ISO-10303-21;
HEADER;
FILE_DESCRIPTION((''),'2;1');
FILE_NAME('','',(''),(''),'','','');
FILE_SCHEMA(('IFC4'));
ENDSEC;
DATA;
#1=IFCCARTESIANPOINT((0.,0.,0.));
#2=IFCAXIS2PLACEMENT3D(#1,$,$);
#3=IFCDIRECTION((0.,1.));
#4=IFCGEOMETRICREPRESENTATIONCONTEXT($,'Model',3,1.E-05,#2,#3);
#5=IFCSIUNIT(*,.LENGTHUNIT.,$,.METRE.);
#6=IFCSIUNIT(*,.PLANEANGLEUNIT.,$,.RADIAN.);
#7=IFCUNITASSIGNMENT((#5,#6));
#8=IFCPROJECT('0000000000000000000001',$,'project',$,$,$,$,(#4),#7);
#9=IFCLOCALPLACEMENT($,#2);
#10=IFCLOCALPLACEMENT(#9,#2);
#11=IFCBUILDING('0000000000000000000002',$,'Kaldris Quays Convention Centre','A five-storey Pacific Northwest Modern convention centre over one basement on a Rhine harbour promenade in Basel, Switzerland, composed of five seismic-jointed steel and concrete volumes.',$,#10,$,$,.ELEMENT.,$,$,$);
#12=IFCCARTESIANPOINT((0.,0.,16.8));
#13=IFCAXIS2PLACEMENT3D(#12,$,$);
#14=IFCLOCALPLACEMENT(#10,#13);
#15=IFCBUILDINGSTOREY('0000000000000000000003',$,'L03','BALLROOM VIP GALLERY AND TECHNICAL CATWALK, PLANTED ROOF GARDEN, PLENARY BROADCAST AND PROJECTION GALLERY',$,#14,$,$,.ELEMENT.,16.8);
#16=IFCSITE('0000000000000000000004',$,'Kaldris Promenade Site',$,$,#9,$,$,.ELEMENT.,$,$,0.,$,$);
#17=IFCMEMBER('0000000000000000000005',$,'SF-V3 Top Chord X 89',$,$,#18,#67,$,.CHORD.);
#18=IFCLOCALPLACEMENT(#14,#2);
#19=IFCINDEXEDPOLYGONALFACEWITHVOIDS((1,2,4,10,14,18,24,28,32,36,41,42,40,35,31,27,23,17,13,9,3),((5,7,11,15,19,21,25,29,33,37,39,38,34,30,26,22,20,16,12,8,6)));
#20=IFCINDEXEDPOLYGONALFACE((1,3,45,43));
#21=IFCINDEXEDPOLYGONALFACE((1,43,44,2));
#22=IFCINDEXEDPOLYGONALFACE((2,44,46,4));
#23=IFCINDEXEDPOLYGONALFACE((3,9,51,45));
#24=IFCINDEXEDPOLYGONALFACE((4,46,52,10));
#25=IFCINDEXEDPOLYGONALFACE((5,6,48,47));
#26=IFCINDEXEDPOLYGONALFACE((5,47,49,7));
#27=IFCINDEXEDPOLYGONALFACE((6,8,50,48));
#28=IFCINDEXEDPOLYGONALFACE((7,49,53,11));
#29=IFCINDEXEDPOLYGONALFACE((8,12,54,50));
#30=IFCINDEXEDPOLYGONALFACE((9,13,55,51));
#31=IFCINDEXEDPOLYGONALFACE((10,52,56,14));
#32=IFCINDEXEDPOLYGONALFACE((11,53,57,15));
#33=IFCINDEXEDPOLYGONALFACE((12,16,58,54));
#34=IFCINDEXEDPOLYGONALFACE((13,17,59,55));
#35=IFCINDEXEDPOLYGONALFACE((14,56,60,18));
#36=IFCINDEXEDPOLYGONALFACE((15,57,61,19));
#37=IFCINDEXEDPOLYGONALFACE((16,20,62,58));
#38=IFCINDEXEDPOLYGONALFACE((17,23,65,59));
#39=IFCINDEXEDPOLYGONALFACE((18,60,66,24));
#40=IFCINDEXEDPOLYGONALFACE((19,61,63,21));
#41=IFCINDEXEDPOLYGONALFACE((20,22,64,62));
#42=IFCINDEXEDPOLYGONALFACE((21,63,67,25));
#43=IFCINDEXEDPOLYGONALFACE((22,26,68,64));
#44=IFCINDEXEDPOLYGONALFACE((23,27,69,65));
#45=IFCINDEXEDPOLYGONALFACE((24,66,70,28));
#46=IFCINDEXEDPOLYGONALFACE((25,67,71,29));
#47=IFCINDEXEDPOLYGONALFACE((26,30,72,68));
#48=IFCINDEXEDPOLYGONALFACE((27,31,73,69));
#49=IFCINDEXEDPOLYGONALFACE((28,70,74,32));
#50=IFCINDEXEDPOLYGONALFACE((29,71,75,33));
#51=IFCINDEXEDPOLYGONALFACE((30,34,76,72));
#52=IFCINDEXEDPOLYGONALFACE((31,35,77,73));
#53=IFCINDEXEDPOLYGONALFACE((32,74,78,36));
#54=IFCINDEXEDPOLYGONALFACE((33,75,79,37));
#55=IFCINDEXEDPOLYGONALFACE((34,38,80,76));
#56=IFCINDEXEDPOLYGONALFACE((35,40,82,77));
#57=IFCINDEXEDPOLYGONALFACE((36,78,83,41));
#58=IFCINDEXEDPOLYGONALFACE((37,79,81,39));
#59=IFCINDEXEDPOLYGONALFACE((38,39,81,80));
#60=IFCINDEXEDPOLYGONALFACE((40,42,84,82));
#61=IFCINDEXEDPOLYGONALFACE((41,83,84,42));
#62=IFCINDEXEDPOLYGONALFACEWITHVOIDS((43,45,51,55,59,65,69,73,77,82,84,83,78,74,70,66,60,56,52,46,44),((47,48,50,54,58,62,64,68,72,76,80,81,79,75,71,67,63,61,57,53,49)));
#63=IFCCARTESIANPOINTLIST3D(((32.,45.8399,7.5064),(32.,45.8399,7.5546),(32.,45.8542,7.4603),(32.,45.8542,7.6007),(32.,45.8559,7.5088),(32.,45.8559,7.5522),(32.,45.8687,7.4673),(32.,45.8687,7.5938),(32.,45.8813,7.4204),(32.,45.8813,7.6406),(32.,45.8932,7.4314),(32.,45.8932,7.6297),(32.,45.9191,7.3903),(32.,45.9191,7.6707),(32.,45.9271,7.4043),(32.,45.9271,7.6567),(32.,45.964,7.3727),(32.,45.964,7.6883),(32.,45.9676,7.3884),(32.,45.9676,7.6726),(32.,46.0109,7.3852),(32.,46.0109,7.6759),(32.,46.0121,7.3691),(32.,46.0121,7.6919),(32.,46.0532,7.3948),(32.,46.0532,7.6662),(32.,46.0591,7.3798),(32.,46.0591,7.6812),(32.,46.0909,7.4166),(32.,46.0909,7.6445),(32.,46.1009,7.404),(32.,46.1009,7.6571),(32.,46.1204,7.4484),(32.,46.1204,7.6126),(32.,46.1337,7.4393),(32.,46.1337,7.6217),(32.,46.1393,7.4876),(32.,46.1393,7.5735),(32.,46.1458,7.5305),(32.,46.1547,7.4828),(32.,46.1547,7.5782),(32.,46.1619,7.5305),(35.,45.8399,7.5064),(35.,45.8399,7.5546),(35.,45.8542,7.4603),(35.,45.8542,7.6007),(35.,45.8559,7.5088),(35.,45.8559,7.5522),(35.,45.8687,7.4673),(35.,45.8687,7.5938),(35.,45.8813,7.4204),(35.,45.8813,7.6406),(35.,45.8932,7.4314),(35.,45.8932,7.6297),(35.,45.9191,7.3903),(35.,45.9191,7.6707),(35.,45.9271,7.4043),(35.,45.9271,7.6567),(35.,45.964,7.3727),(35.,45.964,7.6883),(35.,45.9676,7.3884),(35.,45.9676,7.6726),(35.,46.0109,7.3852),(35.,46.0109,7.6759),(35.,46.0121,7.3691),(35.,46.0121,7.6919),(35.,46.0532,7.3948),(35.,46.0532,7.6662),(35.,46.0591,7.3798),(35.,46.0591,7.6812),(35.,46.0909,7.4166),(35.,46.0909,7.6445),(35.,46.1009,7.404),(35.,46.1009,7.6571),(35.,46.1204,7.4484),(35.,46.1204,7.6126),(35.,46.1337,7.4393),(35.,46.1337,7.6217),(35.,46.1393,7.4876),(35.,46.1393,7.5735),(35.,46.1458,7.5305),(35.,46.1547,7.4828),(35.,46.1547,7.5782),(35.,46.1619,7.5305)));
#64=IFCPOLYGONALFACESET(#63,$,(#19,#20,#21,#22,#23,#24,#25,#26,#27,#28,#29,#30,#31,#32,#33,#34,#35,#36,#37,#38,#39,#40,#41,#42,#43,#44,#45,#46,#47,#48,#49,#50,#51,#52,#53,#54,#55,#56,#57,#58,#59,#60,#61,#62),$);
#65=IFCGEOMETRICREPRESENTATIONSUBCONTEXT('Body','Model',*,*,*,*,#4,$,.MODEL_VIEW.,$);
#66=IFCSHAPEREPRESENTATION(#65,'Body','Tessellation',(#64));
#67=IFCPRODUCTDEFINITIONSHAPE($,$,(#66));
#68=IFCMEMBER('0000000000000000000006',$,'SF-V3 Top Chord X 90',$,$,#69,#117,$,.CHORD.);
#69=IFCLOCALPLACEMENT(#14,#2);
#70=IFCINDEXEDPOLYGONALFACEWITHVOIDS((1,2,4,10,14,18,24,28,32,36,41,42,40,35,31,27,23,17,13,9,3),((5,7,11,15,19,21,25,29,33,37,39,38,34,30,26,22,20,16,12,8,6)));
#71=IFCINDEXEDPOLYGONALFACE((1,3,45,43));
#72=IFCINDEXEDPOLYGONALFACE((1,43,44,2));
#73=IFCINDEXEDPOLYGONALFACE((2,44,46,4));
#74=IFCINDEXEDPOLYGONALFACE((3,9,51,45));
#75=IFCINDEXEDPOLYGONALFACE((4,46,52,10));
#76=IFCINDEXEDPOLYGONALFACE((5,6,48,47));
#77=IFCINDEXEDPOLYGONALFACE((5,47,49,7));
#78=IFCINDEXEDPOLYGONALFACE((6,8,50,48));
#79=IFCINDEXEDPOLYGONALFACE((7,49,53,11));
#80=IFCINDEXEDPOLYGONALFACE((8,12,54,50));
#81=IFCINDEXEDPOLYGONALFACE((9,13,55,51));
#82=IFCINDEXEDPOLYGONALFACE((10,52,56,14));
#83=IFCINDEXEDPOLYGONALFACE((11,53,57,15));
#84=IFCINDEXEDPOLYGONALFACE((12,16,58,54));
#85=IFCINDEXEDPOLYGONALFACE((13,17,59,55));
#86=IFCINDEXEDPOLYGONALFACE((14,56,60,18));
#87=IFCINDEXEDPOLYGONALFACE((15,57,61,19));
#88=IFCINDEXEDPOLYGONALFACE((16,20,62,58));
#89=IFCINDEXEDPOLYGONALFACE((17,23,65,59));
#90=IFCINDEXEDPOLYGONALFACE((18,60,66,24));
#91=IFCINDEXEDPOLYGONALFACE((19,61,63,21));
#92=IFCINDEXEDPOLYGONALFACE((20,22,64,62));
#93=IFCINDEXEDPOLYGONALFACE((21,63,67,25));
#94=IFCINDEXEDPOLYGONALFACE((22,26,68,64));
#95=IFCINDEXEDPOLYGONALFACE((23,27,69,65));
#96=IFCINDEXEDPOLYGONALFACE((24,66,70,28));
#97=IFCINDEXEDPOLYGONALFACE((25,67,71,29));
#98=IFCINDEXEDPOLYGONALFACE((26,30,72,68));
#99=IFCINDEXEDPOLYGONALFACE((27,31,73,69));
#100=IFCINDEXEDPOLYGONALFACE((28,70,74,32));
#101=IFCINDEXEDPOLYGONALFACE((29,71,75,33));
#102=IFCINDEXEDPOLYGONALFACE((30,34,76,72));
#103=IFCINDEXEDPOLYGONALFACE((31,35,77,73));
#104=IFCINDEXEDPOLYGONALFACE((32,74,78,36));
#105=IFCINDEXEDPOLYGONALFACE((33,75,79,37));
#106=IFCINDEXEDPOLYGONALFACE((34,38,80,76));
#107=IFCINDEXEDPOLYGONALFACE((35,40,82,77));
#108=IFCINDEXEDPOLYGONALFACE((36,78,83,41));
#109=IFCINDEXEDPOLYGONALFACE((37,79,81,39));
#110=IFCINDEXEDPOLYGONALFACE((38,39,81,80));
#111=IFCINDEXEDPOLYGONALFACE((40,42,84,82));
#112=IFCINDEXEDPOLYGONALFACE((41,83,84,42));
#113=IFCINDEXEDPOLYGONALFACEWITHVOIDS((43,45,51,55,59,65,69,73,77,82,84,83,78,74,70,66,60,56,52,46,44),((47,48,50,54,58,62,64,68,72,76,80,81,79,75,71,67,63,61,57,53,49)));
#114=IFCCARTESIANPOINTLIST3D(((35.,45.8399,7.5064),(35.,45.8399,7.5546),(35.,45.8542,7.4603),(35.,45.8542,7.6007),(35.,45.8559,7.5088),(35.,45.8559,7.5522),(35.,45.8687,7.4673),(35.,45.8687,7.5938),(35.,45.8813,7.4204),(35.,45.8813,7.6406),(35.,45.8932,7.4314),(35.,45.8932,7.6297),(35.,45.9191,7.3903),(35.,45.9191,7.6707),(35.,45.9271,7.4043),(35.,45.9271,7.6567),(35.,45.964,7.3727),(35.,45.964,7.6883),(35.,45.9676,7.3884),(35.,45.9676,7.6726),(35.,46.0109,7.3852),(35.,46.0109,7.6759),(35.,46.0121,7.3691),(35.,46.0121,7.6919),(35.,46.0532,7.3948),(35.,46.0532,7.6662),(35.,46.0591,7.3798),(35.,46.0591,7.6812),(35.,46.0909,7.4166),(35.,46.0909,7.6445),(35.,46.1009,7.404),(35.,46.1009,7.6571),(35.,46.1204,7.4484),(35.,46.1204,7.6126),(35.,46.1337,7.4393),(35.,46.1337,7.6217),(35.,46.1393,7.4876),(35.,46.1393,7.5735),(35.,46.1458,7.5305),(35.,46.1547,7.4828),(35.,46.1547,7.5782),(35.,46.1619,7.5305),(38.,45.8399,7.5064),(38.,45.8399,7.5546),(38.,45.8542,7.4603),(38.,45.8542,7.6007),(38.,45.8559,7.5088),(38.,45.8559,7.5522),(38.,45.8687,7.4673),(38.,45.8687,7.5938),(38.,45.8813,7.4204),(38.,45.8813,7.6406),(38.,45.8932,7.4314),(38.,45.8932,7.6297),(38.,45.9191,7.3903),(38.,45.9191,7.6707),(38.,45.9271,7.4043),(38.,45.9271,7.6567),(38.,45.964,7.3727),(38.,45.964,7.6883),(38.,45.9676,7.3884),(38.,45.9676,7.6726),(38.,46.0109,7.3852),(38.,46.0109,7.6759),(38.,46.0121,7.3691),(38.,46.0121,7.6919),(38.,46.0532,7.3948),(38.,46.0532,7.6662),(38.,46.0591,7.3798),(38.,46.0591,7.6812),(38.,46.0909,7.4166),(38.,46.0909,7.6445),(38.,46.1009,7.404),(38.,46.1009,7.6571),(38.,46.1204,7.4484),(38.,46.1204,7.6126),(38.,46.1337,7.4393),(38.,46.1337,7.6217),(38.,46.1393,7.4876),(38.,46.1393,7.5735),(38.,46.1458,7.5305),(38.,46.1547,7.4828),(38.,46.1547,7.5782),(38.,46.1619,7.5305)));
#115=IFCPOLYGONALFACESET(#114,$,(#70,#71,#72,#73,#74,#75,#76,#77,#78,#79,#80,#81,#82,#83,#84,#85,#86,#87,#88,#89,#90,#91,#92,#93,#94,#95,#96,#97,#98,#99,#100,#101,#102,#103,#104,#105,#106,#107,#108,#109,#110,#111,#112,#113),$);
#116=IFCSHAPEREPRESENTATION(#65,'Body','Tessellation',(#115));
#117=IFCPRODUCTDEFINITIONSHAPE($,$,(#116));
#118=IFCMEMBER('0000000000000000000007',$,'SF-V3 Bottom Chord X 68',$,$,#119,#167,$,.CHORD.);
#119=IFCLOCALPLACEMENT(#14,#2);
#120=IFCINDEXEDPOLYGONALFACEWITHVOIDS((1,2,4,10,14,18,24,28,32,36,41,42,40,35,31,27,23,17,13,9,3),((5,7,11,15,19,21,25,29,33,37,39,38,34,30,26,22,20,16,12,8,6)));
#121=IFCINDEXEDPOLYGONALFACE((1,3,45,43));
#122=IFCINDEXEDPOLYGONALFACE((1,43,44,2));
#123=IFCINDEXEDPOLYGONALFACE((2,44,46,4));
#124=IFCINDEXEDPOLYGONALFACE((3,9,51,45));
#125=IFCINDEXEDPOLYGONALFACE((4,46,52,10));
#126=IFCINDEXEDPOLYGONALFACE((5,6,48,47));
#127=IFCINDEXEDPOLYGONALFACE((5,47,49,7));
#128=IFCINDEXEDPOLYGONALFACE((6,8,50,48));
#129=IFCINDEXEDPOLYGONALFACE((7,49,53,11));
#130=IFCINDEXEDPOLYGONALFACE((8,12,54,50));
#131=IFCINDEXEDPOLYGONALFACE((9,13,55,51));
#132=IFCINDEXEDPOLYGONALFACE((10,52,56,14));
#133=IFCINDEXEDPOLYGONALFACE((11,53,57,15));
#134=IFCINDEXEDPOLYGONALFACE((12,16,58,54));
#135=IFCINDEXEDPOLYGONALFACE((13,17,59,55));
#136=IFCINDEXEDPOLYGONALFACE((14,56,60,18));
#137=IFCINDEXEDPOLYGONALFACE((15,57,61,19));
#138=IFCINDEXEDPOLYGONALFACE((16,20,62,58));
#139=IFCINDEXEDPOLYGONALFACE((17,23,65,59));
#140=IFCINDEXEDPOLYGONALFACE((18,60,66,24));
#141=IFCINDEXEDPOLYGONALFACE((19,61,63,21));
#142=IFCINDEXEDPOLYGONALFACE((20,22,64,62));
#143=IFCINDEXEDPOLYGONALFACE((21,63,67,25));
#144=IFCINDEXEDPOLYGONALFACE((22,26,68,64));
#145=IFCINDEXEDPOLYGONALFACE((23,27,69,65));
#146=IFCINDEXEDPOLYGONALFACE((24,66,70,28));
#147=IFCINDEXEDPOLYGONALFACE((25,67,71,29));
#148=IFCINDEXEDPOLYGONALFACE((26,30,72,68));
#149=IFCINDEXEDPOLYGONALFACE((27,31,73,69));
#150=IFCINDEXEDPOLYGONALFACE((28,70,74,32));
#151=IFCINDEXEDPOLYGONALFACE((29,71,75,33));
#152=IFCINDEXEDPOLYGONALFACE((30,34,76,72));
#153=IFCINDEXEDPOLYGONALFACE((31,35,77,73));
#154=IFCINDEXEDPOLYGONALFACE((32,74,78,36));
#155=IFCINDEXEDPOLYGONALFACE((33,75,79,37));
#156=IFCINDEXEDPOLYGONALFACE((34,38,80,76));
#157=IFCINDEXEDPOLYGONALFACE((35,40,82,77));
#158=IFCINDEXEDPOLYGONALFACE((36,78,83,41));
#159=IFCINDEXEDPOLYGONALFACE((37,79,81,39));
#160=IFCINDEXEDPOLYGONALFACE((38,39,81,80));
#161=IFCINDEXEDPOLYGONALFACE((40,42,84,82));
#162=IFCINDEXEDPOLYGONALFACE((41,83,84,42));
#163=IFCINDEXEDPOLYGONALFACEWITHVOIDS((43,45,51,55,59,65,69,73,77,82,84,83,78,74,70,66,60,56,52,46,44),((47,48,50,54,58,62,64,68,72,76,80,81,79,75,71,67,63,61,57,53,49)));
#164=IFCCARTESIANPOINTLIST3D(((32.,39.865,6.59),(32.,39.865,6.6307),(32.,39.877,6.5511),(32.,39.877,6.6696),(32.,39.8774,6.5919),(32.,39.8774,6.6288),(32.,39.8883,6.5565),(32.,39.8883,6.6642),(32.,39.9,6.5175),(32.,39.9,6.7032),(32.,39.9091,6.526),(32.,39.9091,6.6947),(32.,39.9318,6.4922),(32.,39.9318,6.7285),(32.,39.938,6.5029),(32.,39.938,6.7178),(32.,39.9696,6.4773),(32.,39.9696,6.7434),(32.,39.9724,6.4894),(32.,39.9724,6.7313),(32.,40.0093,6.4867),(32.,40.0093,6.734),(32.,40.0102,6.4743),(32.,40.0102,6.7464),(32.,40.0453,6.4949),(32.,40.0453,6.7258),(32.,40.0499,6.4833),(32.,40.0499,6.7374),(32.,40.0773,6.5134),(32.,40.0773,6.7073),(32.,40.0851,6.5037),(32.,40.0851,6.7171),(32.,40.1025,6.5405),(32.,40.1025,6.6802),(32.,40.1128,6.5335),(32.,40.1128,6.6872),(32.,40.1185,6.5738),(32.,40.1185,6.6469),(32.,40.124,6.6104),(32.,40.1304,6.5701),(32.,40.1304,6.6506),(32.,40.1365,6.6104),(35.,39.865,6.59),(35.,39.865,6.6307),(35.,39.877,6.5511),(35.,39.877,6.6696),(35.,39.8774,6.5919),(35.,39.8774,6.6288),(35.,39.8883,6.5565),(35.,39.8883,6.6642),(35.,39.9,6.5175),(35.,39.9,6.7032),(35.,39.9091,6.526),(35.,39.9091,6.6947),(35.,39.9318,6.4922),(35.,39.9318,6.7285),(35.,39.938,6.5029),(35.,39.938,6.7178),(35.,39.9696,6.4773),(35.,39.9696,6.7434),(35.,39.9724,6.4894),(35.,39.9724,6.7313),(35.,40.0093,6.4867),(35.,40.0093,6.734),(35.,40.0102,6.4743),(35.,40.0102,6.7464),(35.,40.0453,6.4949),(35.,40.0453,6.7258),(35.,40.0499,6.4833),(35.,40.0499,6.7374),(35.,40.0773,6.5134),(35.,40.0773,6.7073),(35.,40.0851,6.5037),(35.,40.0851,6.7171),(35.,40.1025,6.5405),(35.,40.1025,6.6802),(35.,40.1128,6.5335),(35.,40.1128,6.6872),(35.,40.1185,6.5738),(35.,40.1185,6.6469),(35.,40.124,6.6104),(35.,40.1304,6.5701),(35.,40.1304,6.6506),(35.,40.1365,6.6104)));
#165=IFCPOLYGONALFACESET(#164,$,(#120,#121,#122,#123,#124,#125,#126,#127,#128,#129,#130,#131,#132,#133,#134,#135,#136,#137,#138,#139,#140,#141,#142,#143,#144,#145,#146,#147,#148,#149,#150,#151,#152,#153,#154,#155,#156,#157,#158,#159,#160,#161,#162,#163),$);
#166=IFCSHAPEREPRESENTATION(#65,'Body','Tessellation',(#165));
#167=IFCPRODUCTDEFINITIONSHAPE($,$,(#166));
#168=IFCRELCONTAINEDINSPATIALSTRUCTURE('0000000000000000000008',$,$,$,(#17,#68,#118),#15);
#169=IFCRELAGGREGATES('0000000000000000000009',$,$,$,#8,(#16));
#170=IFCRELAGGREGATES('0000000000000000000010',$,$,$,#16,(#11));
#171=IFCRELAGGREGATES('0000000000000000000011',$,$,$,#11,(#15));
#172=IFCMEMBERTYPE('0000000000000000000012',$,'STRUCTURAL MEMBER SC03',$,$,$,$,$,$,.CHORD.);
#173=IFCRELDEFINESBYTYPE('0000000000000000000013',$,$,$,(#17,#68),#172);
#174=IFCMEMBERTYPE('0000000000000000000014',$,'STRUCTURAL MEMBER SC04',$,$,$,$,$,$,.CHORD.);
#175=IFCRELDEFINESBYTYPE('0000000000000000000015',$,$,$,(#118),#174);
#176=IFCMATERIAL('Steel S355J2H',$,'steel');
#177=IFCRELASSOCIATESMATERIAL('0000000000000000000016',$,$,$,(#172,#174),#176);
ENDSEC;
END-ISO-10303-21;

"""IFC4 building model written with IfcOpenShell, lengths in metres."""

from ifc_helpers import new_model, si_unit, direction, frame, origin, origin_2d, place, context, subcontext, project, spatial, hollow_circle, extrude, material, material_profile, profile_set, type_object, element, save


model = new_model("IFC4")

# Units and contexts
model_context = context("Model", 3, precision=1e-05, world=origin(), true_north=direction((0.0, 1.0)))
body_context = subcontext(model_context, "Body", "Model", "MODEL_VIEW")
ifc_project = project(units=[si_unit("LENGTHUNIT", "METRE"), si_unit("PLANEANGLEUNIT", "RADIAN")], contexts=[model_context])

# Site, building, storey
site_placement = place(None, origin())
site = spatial("IfcSite", under=ifc_project, at=site_placement, Name="Kaldris Promenade Site", CompositionType="ELEMENT", RefElevation=0.0)
building_placement = place(site_placement, origin())
building = spatial("IfcBuilding", under=site, at=building_placement, Name="Kaldris Quays Convention Centre", Description="A five-storey Pacific Northwest Modern convention centre over one basement on a Rhine harbour promenade in Basel, Switzerland, composed of five seismic-jointed steel and concrete volumes.", CompositionType="ELEMENT")
storey_placement = place(building_placement, frame((0.0, 0.0, 16.8)))
storey = spatial("IfcBuildingStorey", under=building, at=storey_placement, Name="L03", Description="BALLROOM VIP GALLERY AND TECHNICAL CATWALK, PLANTED ROOF GARDEN, PLENARY BROADCAST AND PROJECTION GALLERY", CompositionType="ELEMENT", Elevation=16.8)

# Members
ifc_material_1 = material(Name="Steel S355J2H", Category="steel")
ifc_material_profile_1 = material_profile(ifc_material_1, hollow_circle(Radius=0.1619, WallThickness=0.0161, at=origin_2d()), Name="CHS 323.9x16")
ifc_profile_set_1 = profile_set([ifc_material_profile_1], Name="Steel S355J2H")
member_type_1 = type_object("IfcMemberType", Name="STRUCTURAL MEMBER SC03", PredefinedType="CHORD", material=ifc_profile_set_1)
for number, where, z_axis, x_axis, name in (
    (1, (32.0, 46.0, 7.5305), (1.0, 0.0, 0.0), (0.0, 1.0, 0.0), "SF-V3 Top Chord X 89"),
    (2, (35.0, 46.0, 7.5305), (1.0, 0.0, 0.0), (0.0, 1.0, 0.0), "SF-V3 Top Chord X 90"),
):
    element("IfcMember", number, at=place(storey_placement, frame(where, z_axis=z_axis, x_axis=x_axis)), inside=storey, type_object=member_type_1, Name=name, PredefinedType="CHORD", context=body_context, shape_type="SweptSolid", body=[
        extrude(hollow_circle(Radius=0.1619, WallThickness=0.0161, at=origin_2d()), origin(), (0.0, 0.0, 1.0), 3.0),
    ])
ifc_material_profile_2 = material_profile(ifc_material_1, hollow_circle(Radius=0.1365, WallThickness=0.0125, at=origin_2d()), Name="CHS 273x12.5")
ifc_profile_set_2 = profile_set([ifc_material_profile_2], Name="Steel S355J2H")
member_type_2 = type_object("IfcMemberType", Name="STRUCTURAL MEMBER SC04", PredefinedType="CHORD", material=ifc_profile_set_2)
for number, where, z_axis, x_axis, name in (
    (3, (32.0, 40.0, 6.6104), (1.0, 0.0, 0.0), (0.0, 1.0, 0.0), "SF-V3 Bottom Chord X 68"),
):
    element("IfcMember", number, at=place(storey_placement, frame(where, z_axis=z_axis, x_axis=x_axis)), inside=storey, type_object=member_type_2, Name=name, PredefinedType="CHORD", context=body_context, shape_type="SweptSolid", body=[
        extrude(hollow_circle(Radius=0.1365, WallThickness=0.0125, at=origin_2d()), origin(), (0.0, 0.0, 1.0), 3.0),
    ])

save(model, "model.ifc")
